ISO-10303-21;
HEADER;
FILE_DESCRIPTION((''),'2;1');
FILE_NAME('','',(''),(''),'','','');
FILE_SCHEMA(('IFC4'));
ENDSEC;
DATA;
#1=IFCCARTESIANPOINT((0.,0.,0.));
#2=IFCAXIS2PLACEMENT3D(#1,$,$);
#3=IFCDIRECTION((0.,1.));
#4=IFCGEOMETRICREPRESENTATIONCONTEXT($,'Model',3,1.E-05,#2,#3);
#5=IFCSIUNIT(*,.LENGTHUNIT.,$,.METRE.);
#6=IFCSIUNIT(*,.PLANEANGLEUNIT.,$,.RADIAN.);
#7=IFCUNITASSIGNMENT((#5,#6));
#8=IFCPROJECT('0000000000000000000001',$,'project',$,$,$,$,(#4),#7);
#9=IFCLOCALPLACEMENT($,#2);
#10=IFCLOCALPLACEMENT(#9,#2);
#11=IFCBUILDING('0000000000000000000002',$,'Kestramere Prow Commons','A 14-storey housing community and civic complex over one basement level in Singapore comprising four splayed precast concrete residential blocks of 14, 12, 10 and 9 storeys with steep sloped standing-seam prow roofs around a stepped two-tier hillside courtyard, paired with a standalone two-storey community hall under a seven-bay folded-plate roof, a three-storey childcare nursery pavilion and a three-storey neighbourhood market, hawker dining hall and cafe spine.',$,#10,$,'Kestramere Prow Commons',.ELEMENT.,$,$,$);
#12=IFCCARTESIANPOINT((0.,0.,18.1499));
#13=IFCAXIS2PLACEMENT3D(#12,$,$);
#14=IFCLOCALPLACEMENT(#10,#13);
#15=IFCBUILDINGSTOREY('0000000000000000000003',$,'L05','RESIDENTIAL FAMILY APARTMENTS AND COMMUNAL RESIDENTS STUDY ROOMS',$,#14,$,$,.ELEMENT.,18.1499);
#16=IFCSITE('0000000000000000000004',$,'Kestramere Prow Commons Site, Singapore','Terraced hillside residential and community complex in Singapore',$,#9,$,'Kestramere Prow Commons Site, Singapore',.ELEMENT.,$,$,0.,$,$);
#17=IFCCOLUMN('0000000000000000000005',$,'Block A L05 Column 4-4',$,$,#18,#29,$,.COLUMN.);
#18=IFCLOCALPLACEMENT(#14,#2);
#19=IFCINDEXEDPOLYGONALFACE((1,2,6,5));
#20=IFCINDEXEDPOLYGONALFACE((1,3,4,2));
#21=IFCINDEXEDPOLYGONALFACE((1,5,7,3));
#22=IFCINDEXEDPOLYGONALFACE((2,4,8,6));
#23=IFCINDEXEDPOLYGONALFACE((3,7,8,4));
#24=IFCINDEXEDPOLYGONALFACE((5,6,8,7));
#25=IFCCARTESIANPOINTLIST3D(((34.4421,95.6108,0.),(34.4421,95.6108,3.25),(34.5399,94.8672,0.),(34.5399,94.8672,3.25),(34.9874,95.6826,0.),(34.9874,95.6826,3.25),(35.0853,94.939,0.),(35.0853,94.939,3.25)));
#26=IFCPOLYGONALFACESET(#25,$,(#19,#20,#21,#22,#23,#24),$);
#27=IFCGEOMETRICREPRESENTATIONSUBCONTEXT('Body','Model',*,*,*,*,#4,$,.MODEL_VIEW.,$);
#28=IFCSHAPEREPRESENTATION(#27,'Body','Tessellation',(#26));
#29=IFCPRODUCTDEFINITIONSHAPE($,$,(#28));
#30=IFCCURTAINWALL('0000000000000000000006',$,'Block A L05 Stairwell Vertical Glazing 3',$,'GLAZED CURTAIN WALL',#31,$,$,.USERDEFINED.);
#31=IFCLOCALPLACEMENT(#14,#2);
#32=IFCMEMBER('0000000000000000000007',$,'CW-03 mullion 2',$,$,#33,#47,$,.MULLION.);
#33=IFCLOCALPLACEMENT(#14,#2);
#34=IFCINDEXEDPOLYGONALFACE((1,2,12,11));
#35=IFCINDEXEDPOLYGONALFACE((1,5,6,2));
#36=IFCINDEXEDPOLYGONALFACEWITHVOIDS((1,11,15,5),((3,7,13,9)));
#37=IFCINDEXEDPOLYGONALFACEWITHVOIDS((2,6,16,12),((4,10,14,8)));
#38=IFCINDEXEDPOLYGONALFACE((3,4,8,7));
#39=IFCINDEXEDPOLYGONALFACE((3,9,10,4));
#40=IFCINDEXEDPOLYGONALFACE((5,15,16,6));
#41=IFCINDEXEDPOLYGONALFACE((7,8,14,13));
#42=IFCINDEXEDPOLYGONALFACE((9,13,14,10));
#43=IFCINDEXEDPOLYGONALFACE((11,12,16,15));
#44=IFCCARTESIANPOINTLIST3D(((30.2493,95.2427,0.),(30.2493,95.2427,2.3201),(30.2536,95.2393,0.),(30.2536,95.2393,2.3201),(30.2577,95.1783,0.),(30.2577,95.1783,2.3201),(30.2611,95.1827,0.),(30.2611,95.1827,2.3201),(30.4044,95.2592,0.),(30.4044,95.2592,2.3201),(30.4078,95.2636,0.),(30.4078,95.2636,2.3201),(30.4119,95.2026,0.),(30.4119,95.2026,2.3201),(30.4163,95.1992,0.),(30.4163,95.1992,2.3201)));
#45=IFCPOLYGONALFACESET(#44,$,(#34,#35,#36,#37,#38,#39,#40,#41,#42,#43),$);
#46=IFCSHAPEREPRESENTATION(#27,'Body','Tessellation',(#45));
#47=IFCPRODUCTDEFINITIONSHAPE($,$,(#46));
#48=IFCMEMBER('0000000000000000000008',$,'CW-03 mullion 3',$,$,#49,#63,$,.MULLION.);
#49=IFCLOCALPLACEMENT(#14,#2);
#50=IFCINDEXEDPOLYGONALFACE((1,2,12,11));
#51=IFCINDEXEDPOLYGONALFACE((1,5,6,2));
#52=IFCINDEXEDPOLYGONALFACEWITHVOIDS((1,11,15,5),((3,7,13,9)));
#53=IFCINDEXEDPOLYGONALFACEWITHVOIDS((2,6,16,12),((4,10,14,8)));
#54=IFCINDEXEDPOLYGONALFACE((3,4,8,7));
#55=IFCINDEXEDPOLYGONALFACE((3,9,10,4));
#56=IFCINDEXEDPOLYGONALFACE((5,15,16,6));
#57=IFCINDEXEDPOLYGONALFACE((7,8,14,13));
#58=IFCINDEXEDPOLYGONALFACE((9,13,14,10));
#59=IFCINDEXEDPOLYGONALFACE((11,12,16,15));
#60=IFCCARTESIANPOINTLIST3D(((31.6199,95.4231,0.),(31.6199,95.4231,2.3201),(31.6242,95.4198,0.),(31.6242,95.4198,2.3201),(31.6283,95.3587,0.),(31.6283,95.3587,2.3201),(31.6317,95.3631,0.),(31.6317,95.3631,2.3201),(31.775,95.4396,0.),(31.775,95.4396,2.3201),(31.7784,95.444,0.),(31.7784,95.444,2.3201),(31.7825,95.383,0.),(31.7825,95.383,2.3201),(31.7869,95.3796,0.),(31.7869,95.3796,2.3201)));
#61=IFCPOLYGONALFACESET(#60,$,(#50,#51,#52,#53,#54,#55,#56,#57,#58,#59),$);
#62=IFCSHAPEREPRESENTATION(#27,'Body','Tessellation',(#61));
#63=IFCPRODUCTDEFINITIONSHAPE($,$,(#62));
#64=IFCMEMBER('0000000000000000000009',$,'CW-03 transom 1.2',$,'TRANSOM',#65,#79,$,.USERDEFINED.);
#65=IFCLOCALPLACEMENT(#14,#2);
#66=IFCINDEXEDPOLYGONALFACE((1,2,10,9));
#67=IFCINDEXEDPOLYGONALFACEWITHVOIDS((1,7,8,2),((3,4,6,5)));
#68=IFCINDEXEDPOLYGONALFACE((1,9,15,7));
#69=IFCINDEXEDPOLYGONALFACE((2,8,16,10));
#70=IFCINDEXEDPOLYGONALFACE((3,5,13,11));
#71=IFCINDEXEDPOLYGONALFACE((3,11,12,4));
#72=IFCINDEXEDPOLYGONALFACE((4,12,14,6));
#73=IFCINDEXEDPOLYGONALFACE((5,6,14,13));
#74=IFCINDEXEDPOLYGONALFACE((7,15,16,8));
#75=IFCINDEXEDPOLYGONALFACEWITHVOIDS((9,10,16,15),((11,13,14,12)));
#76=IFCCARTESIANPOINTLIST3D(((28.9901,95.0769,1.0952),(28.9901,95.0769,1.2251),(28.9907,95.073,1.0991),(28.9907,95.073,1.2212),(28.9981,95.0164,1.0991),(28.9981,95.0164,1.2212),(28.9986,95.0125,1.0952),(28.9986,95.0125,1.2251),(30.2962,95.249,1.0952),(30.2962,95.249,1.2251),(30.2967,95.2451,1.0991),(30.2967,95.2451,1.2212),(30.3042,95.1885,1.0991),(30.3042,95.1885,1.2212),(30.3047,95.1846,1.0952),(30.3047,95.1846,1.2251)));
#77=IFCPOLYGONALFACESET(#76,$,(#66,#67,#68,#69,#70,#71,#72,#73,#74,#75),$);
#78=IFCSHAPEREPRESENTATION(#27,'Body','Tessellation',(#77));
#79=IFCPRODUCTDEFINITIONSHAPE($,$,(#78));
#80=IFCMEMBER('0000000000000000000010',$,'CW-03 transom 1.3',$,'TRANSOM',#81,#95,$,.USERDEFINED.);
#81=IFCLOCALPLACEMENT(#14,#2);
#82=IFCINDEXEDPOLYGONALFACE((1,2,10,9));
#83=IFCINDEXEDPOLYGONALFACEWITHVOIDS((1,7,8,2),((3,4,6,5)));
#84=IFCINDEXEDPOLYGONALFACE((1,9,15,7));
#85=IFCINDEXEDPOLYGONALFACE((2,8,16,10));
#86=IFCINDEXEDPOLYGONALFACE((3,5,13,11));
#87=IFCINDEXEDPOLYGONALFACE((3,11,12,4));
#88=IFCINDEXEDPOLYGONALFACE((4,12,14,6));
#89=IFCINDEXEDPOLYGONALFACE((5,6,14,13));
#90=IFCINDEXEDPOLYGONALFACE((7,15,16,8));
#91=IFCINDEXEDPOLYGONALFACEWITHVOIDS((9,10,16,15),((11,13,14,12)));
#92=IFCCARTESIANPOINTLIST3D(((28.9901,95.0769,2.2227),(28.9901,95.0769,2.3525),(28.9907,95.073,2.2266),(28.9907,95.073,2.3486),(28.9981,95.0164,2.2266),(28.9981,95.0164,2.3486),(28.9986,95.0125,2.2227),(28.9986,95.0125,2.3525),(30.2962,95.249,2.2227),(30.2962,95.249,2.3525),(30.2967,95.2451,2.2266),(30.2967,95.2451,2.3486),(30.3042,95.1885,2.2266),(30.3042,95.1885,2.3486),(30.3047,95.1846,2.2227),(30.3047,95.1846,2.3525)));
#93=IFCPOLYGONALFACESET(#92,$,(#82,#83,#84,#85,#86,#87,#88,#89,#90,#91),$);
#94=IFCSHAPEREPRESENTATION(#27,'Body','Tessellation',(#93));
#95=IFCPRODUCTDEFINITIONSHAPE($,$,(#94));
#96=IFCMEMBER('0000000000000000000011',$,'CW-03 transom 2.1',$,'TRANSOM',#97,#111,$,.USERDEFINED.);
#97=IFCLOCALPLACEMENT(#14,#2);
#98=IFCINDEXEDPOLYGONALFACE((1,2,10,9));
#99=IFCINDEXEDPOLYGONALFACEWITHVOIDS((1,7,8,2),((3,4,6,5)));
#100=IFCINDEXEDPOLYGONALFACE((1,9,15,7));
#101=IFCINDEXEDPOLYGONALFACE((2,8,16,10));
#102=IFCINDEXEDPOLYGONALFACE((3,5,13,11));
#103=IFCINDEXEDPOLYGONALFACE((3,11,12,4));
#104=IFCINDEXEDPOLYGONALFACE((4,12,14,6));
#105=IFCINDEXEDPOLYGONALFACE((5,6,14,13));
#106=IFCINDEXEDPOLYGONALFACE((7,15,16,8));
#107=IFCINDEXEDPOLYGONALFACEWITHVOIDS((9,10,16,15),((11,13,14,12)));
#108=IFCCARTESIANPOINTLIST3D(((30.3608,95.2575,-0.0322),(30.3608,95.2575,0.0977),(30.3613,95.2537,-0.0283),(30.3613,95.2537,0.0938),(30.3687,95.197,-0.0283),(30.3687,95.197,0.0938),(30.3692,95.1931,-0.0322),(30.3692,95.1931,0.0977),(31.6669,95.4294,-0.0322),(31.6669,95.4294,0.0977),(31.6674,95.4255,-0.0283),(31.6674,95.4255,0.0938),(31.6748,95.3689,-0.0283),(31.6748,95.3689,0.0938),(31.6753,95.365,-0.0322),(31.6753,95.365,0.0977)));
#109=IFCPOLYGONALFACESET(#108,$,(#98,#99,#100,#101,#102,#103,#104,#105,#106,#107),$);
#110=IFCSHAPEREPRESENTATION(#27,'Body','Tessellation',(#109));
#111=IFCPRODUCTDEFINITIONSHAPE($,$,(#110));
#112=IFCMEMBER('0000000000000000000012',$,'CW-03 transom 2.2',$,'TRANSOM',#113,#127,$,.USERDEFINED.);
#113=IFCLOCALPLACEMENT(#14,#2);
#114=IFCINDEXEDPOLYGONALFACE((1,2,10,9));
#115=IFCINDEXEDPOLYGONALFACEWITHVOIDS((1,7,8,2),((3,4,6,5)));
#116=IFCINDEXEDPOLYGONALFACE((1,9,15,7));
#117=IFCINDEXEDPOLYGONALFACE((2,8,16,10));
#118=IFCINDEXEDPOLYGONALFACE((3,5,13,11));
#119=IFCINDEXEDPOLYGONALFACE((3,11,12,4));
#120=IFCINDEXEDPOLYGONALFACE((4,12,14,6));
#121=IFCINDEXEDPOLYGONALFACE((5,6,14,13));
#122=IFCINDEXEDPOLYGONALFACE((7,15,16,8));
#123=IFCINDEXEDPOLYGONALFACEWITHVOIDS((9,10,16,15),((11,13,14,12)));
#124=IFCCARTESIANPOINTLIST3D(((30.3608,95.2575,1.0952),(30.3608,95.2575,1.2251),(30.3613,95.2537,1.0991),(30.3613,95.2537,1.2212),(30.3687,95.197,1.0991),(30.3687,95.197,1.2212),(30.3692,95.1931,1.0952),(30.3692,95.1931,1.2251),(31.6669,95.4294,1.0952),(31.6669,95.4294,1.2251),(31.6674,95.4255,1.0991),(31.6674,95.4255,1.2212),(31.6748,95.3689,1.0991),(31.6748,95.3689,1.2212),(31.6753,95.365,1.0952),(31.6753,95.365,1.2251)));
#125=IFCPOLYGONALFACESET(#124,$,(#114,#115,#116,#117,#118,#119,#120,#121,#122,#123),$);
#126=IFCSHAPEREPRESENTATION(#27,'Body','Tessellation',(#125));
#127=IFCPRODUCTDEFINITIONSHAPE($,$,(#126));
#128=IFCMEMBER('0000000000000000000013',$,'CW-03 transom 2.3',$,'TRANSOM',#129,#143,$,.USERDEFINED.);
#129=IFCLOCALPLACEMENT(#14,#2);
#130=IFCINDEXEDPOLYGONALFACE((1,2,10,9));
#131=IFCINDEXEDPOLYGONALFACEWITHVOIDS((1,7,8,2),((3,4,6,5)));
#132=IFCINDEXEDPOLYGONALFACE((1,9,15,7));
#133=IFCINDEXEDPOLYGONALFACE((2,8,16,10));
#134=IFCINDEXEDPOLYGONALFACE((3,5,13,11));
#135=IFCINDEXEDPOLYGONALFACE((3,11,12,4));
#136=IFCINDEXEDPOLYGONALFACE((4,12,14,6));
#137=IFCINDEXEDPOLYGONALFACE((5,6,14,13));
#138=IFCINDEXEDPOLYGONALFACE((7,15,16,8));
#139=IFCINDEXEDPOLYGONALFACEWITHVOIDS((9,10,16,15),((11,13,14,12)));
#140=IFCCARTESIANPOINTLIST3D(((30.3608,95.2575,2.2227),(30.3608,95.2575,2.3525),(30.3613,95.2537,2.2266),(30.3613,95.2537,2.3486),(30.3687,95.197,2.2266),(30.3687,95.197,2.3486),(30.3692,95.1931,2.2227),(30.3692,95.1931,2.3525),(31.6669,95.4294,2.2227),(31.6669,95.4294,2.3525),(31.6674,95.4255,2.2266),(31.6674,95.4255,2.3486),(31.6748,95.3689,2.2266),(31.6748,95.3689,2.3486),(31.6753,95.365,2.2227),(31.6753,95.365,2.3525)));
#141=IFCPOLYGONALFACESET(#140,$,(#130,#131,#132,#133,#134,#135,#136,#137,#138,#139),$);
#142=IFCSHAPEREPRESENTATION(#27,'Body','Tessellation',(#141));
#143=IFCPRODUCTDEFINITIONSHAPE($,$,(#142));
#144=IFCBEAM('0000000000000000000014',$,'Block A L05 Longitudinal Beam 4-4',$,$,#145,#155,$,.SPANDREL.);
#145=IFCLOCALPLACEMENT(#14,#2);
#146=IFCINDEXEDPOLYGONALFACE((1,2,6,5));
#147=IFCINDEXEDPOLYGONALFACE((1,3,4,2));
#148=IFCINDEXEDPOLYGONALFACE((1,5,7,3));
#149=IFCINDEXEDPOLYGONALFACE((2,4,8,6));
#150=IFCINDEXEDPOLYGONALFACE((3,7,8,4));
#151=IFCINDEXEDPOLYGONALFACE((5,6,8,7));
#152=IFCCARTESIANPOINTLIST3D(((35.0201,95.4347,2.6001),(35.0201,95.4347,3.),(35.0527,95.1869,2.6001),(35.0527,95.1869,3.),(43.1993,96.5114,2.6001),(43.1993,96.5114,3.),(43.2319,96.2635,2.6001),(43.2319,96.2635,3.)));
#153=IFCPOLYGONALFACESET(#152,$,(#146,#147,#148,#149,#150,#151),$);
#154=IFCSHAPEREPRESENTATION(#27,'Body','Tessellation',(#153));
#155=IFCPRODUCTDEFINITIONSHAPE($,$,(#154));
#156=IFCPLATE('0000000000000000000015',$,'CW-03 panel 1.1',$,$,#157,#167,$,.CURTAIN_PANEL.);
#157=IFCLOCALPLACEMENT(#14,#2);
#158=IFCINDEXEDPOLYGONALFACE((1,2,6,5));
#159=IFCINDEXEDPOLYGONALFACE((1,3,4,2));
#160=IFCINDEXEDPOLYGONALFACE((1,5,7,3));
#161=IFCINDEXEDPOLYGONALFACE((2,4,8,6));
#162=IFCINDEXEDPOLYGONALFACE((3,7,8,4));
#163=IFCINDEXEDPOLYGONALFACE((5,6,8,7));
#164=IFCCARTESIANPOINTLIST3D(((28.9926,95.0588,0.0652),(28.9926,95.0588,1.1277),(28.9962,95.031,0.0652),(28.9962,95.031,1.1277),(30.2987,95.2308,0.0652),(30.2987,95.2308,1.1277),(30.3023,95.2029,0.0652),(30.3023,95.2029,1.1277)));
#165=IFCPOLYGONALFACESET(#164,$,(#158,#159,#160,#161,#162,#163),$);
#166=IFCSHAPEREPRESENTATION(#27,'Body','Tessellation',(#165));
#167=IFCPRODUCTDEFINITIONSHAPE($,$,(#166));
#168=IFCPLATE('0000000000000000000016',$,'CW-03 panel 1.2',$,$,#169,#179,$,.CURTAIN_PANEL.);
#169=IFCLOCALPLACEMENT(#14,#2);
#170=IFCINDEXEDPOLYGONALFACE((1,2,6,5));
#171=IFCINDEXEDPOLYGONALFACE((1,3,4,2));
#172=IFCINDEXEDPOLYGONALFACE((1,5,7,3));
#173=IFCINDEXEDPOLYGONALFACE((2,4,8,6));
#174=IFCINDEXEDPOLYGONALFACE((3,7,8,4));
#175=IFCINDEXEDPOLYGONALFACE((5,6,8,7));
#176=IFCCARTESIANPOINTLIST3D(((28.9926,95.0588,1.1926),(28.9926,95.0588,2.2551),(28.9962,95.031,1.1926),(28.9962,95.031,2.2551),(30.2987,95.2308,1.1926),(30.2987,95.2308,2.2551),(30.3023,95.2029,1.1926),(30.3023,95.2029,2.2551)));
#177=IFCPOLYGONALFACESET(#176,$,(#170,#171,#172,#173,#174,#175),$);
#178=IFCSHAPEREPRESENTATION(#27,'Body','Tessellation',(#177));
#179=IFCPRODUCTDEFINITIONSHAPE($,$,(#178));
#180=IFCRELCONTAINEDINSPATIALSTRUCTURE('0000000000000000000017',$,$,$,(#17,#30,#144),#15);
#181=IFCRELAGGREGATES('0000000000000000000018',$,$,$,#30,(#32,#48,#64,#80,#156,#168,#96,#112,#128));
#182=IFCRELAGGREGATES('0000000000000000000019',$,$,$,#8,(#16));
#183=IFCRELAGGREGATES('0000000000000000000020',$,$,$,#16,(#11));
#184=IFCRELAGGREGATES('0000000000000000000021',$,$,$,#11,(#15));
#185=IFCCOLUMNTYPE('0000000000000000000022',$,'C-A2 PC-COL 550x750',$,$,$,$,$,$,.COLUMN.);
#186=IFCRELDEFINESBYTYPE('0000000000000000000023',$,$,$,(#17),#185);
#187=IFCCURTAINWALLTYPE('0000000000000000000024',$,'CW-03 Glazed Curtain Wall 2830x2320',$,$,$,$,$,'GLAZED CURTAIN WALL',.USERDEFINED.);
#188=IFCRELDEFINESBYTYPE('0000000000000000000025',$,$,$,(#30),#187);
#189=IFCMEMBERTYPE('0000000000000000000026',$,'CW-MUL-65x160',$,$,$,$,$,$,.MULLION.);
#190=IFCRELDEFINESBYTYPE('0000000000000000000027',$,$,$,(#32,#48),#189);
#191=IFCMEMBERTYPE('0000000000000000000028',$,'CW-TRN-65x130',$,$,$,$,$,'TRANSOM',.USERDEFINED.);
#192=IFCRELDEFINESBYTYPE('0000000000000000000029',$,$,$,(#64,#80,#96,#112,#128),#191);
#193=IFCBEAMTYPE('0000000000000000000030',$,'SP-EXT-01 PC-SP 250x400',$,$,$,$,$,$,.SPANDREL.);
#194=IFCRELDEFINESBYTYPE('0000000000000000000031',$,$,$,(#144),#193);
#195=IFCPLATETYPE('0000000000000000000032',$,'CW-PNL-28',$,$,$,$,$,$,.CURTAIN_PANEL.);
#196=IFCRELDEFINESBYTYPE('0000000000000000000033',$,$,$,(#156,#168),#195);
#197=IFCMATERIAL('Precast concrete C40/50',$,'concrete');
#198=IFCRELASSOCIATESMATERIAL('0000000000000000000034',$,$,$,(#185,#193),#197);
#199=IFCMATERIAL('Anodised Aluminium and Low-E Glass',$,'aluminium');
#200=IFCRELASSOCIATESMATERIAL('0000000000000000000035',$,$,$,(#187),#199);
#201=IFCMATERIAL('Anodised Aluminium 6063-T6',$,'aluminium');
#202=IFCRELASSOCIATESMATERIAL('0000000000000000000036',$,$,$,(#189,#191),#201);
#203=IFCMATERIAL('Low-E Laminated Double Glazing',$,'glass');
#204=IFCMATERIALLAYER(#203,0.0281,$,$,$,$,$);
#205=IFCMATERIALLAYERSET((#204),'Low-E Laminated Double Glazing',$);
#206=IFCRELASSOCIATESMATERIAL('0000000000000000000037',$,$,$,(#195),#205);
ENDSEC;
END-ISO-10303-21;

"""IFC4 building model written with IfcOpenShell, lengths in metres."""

from ifc_helpers import new_model, si_unit, direction, frame, origin, origin_2d, place, context, subcontext, project, spatial, rectangle, hollow_rectangle, extrude, material, layer, layer_set, material_profile, profile_set, type_object, element, aggregate, save


model = new_model("IFC4")

# Units and contexts
model_context = context("Model", 3, precision=1e-05, world=origin(), true_north=direction((0.0, 1.0)))
body_context = subcontext(model_context, "Body", "Model", "MODEL_VIEW")
ifc_project = project(units=[si_unit("LENGTHUNIT", "METRE"), si_unit("PLANEANGLEUNIT", "RADIAN")], contexts=[model_context])

# Site, building, storey
site_placement = place(None, origin())
site = spatial("IfcSite", under=ifc_project, at=site_placement, Name="Kestramere Prow Commons Site, Singapore", Description="Terraced hillside residential and community complex in Singapore", LongName="Kestramere Prow Commons Site, Singapore", CompositionType="ELEMENT", RefElevation=0.0)
building_placement = place(site_placement, origin())
building = spatial("IfcBuilding", under=site, at=building_placement, Name="Kestramere Prow Commons", Description="A 14-storey housing community and civic complex over one basement level in Singapore comprising four splayed precast concrete residential blocks of 14, 12, 10 and 9 storeys with steep sloped standing-seam prow roofs around a stepped two-tier hillside courtyard, paired with a standalone two-storey community hall under a seven-bay folded-plate roof, a three-storey childcare nursery pavilion and a three-storey neighbourhood market, hawker dining hall and cafe spine.", LongName="Kestramere Prow Commons", CompositionType="ELEMENT")
storey_placement = place(building_placement, frame((0.0, 0.0, 18.1499)))
storey = spatial("IfcBuildingStorey", under=building, at=storey_placement, Name="L05", Description="RESIDENTIAL FAMILY APARTMENTS AND COMMUNAL RESIDENTS STUDY ROOMS", CompositionType="ELEMENT", Elevation=18.1499)

# Column
ifc_material_1 = material(Name="Precast concrete C40/50", Category="concrete")
ifc_material_profile_1 = material_profile(ifc_material_1, rectangle(XDim=0.55, YDim=0.75, at=origin_2d()), Name="PC-COL 550x750")
ifc_profile_set_1 = profile_set([ifc_material_profile_1], Name="Precast concrete C40/50")
column_type = type_object("IfcColumnType", Name="C-A2 PC-COL 550x750", PredefinedType="COLUMN", material=ifc_profile_set_1)
column_placement = place(storey_placement, frame((34.7637, 95.2749, 0.0), z_axis=(0.0, 0.0, 1.0), x_axis=(0.991445, 0.130526, 0.0)))
element("IfcColumn", 1, at=column_placement, inside=storey, type_object=column_type, Name="Block A L05 Column 4-4", PredefinedType="COLUMN", context=body_context, shape_type="SweptSolid", body=[
    extrude(rectangle(XDim=0.55, YDim=0.75, at=origin_2d()), origin(), (0.0, 0.0, 1.0), 3.25),
])

# Curtain wall, members
ifc_material_2 = material(Name="Anodised Aluminium and Low-E Glass", Category="aluminium")
curtain_wall_type = type_object("IfcCurtainWallType", Name="CW-03 Glazed Curtain Wall 2830x2320", ElementType="GLAZED CURTAIN WALL", PredefinedType="USERDEFINED", material=ifc_material_2)
curtain_wall_placement = place(storey_placement, origin())
curtain_wall = element("IfcCurtainWall", 2, at=curtain_wall_placement, inside=storey, type_object=curtain_wall_type, Name="Block A L05 Stairwell Vertical Glazing 3", ObjectType="GLAZED CURTAIN WALL", PredefinedType="USERDEFINED")
ifc_material_3 = material(Name="Anodised Aluminium 6063-T6", Category="aluminium")
ifc_material_profile_2 = material_profile(ifc_material_3, hollow_rectangle(XDim=0.0649, YDim=0.1599, WallThickness=0.0039, at=origin_2d()), Name="ALU-MUL 65x160")
ifc_profile_set_2 = profile_set([ifc_material_profile_2], Name="Anodised Aluminium 6063-T6")
member_type_1 = type_object("IfcMemberType", Name="CW-MUL-65x160", PredefinedType="MULLION", material=ifc_profile_set_2)
member_1_placement = place(storey_placement, frame((30.3328, 95.2209, 0.0), z_axis=(0.0, 0.0, 1.0), x_axis=(-0.130526, 0.991445, 0.0)))
member_1 = element("IfcMember", 3, at=member_1_placement, type_object=member_type_1, Name="CW-03 mullion 2", PredefinedType="MULLION", context=body_context, shape_type="SweptSolid", body=[
    extrude(hollow_rectangle(XDim=0.0649, YDim=0.1599, WallThickness=0.0039, at=origin_2d()), origin(), (0.0, 0.0, 1.0), 2.3201),
])
member_2_placement = place(storey_placement, frame((31.7034, 95.4014, 0.0), z_axis=(0.0, 0.0, 1.0), x_axis=(-0.130526, 0.991445, 0.0)))
member_2 = element("IfcMember", 4, at=member_2_placement, type_object=member_type_1, Name="CW-03 mullion 3", PredefinedType="MULLION", context=body_context, shape_type="SweptSolid", body=[
    extrude(hollow_rectangle(XDim=0.0649, YDim=0.1599, WallThickness=0.0039, at=origin_2d()), origin(), (0.0, 0.0, 1.0), 2.3201),
])
ifc_material_profile_3 = material_profile(ifc_material_3, hollow_rectangle(XDim=0.0649, YDim=0.1299, WallThickness=0.0039, at=origin_2d()), Name="ALU-TRN 65x130")
ifc_profile_set_3 = profile_set([ifc_material_profile_3], Name="Anodised Aluminium 6063-T6")
member_type_2 = type_object("IfcMemberType", Name="CW-TRN-65x130", ElementType="TRANSOM", PredefinedType="USERDEFINED", material=ifc_profile_set_3)
member_3_placement = place(storey_placement, frame((28.9944, 95.0447, 1.1602), z_axis=(0.991429, 0.130646, 0.0), x_axis=(-0.130646, 0.991429, 0.0)))
member_3 = element("IfcMember", 5, at=member_3_placement, type_object=member_type_2, Name="CW-03 transom 1.2", ObjectType="TRANSOM", PredefinedType="USERDEFINED", context=body_context, shape_type="SweptSolid", body=[
    extrude(hollow_rectangle(XDim=0.0649, YDim=0.1299, WallThickness=0.0039, at=origin_2d()), origin(), (0.0, 0.0, 1.0), 1.3174),
])
member_4_placement = place(storey_placement, frame((28.9944, 95.0447, 2.2876), z_axis=(0.991429, 0.130646, 0.0), x_axis=(-0.130646, 0.991429, 0.0)))
member_4 = element("IfcMember", 6, at=member_4_placement, type_object=member_type_2, Name="CW-03 transom 1.3", ObjectType="TRANSOM", PredefinedType="USERDEFINED", context=body_context, shape_type="SweptSolid", body=[
    extrude(hollow_rectangle(XDim=0.0649, YDim=0.1299, WallThickness=0.0039, at=origin_2d()), origin(), (0.0, 0.0, 1.0), 1.3174),
])
member_5_placement = place(storey_placement, frame((30.365, 95.2253, 0.0327), z_axis=(0.991453, 0.130464, 0.0), x_axis=(-0.130464, 0.991453, 0.0)))
member_5 = element("IfcMember", 7, at=member_5_placement, type_object=member_type_2, Name="CW-03 transom 2.1", ObjectType="TRANSOM", PredefinedType="USERDEFINED", context=body_context, shape_type="SweptSolid", body=[
    extrude(hollow_rectangle(XDim=0.0649, YDim=0.1299, WallThickness=0.0039, at=origin_2d()), origin(), (0.0, 0.0, 1.0), 1.3174),
])
member_6_placement = place(storey_placement, frame((30.365, 95.2253, 1.1602), z_axis=(0.991453, 0.130464, 0.0), x_axis=(-0.130464, 0.991453, 0.0)))
member_6 = element("IfcMember", 8, at=member_6_placement, type_object=member_type_2, Name="CW-03 transom 2.2", ObjectType="TRANSOM", PredefinedType="USERDEFINED", context=body_context, shape_type="SweptSolid", body=[
    extrude(hollow_rectangle(XDim=0.0649, YDim=0.1299, WallThickness=0.0039, at=origin_2d()), origin(), (0.0, 0.0, 1.0), 1.3174),
])
member_7_placement = place(storey_placement, frame((30.365, 95.2253, 2.2876), z_axis=(0.991453, 0.130464, 0.0), x_axis=(-0.130464, 0.991453, 0.0)))
member_7 = element("IfcMember", 9, at=member_7_placement, type_object=member_type_2, Name="CW-03 transom 2.3", ObjectType="TRANSOM", PredefinedType="USERDEFINED", context=body_context, shape_type="SweptSolid", body=[
    extrude(hollow_rectangle(XDim=0.0649, YDim=0.1299, WallThickness=0.0039, at=origin_2d()), origin(), (0.0, 0.0, 1.0), 1.3174),
])

# Beam
ifc_material_profile_4 = material_profile(ifc_material_1, rectangle(XDim=0.25, YDim=0.3999, at=origin_2d()), Name="PC-SP 250x400")
ifc_profile_set_4 = profile_set([ifc_material_profile_4], Name="Precast concrete C40/50")
beam_type = type_object("IfcBeamType", Name="SP-EXT-01 PC-SP 250x400", PredefinedType="SPANDREL", material=ifc_profile_set_4)
beam_placement = place(storey_placement, frame((35.0364, 95.3108, 2.8), z_axis=(0.991447, 0.130508, 0.0), x_axis=(-0.130508, 0.991447, 0.0)))
element("IfcBeam", 10, at=beam_placement, inside=storey, type_object=beam_type, Name="Block A L05 Longitudinal Beam 4-4", PredefinedType="SPANDREL", context=body_context, shape_type="SweptSolid", body=[
    extrude(rectangle(XDim=0.25, YDim=0.3999, at=origin_2d()), origin(), (0.0, 0.0, 1.0), 8.2498),
])

# Plates
ifc_material_4 = material(Name="Low-E Laminated Double Glazing", Category="glass")
ifc_layer_1 = layer(ifc_material_4, 0.0281)
ifc_layer_set_1 = layer_set([ifc_layer_1], Name="Low-E Laminated Double Glazing")
plate_type = type_object("IfcPlateType", Name="CW-PNL-28", PredefinedType="CURTAIN_PANEL", material=ifc_layer_set_1)
plate_1_placement = place(storey_placement, frame((29.6475, 95.1309, 0.0652), z_axis=(0.0, 0.0, 1.0), x_axis=(0.991445, 0.130526, 0.0)))
plate_1 = element("IfcPlate", 11, at=plate_1_placement, type_object=plate_type, Name="CW-03 panel 1.1", PredefinedType="CURTAIN_PANEL", context=body_context, shape_type="SweptSolid", body=[
    extrude(rectangle(XDim=1.3174, YDim=0.0281, at=origin_2d()), origin(), (0.0, 0.0, 1.0), 1.0625),
])
plate_2_placement = place(storey_placement, frame((29.6475, 95.1309, 1.1926), z_axis=(0.0, 0.0, 1.0), x_axis=(0.991445, 0.130526, 0.0)))
plate_2 = element("IfcPlate", 12, at=plate_2_placement, type_object=plate_type, Name="CW-03 panel 1.2", PredefinedType="CURTAIN_PANEL", context=body_context, shape_type="SweptSolid", body=[
    extrude(rectangle(XDim=1.3174, YDim=0.0281, at=origin_2d()), origin(), (0.0, 0.0, 1.0), 1.0625),
])
aggregate(curtain_wall, [member_1, member_2, member_3, member_4, plate_1, plate_2, member_5, member_6, member_7])

save(model, "model.ifc")
